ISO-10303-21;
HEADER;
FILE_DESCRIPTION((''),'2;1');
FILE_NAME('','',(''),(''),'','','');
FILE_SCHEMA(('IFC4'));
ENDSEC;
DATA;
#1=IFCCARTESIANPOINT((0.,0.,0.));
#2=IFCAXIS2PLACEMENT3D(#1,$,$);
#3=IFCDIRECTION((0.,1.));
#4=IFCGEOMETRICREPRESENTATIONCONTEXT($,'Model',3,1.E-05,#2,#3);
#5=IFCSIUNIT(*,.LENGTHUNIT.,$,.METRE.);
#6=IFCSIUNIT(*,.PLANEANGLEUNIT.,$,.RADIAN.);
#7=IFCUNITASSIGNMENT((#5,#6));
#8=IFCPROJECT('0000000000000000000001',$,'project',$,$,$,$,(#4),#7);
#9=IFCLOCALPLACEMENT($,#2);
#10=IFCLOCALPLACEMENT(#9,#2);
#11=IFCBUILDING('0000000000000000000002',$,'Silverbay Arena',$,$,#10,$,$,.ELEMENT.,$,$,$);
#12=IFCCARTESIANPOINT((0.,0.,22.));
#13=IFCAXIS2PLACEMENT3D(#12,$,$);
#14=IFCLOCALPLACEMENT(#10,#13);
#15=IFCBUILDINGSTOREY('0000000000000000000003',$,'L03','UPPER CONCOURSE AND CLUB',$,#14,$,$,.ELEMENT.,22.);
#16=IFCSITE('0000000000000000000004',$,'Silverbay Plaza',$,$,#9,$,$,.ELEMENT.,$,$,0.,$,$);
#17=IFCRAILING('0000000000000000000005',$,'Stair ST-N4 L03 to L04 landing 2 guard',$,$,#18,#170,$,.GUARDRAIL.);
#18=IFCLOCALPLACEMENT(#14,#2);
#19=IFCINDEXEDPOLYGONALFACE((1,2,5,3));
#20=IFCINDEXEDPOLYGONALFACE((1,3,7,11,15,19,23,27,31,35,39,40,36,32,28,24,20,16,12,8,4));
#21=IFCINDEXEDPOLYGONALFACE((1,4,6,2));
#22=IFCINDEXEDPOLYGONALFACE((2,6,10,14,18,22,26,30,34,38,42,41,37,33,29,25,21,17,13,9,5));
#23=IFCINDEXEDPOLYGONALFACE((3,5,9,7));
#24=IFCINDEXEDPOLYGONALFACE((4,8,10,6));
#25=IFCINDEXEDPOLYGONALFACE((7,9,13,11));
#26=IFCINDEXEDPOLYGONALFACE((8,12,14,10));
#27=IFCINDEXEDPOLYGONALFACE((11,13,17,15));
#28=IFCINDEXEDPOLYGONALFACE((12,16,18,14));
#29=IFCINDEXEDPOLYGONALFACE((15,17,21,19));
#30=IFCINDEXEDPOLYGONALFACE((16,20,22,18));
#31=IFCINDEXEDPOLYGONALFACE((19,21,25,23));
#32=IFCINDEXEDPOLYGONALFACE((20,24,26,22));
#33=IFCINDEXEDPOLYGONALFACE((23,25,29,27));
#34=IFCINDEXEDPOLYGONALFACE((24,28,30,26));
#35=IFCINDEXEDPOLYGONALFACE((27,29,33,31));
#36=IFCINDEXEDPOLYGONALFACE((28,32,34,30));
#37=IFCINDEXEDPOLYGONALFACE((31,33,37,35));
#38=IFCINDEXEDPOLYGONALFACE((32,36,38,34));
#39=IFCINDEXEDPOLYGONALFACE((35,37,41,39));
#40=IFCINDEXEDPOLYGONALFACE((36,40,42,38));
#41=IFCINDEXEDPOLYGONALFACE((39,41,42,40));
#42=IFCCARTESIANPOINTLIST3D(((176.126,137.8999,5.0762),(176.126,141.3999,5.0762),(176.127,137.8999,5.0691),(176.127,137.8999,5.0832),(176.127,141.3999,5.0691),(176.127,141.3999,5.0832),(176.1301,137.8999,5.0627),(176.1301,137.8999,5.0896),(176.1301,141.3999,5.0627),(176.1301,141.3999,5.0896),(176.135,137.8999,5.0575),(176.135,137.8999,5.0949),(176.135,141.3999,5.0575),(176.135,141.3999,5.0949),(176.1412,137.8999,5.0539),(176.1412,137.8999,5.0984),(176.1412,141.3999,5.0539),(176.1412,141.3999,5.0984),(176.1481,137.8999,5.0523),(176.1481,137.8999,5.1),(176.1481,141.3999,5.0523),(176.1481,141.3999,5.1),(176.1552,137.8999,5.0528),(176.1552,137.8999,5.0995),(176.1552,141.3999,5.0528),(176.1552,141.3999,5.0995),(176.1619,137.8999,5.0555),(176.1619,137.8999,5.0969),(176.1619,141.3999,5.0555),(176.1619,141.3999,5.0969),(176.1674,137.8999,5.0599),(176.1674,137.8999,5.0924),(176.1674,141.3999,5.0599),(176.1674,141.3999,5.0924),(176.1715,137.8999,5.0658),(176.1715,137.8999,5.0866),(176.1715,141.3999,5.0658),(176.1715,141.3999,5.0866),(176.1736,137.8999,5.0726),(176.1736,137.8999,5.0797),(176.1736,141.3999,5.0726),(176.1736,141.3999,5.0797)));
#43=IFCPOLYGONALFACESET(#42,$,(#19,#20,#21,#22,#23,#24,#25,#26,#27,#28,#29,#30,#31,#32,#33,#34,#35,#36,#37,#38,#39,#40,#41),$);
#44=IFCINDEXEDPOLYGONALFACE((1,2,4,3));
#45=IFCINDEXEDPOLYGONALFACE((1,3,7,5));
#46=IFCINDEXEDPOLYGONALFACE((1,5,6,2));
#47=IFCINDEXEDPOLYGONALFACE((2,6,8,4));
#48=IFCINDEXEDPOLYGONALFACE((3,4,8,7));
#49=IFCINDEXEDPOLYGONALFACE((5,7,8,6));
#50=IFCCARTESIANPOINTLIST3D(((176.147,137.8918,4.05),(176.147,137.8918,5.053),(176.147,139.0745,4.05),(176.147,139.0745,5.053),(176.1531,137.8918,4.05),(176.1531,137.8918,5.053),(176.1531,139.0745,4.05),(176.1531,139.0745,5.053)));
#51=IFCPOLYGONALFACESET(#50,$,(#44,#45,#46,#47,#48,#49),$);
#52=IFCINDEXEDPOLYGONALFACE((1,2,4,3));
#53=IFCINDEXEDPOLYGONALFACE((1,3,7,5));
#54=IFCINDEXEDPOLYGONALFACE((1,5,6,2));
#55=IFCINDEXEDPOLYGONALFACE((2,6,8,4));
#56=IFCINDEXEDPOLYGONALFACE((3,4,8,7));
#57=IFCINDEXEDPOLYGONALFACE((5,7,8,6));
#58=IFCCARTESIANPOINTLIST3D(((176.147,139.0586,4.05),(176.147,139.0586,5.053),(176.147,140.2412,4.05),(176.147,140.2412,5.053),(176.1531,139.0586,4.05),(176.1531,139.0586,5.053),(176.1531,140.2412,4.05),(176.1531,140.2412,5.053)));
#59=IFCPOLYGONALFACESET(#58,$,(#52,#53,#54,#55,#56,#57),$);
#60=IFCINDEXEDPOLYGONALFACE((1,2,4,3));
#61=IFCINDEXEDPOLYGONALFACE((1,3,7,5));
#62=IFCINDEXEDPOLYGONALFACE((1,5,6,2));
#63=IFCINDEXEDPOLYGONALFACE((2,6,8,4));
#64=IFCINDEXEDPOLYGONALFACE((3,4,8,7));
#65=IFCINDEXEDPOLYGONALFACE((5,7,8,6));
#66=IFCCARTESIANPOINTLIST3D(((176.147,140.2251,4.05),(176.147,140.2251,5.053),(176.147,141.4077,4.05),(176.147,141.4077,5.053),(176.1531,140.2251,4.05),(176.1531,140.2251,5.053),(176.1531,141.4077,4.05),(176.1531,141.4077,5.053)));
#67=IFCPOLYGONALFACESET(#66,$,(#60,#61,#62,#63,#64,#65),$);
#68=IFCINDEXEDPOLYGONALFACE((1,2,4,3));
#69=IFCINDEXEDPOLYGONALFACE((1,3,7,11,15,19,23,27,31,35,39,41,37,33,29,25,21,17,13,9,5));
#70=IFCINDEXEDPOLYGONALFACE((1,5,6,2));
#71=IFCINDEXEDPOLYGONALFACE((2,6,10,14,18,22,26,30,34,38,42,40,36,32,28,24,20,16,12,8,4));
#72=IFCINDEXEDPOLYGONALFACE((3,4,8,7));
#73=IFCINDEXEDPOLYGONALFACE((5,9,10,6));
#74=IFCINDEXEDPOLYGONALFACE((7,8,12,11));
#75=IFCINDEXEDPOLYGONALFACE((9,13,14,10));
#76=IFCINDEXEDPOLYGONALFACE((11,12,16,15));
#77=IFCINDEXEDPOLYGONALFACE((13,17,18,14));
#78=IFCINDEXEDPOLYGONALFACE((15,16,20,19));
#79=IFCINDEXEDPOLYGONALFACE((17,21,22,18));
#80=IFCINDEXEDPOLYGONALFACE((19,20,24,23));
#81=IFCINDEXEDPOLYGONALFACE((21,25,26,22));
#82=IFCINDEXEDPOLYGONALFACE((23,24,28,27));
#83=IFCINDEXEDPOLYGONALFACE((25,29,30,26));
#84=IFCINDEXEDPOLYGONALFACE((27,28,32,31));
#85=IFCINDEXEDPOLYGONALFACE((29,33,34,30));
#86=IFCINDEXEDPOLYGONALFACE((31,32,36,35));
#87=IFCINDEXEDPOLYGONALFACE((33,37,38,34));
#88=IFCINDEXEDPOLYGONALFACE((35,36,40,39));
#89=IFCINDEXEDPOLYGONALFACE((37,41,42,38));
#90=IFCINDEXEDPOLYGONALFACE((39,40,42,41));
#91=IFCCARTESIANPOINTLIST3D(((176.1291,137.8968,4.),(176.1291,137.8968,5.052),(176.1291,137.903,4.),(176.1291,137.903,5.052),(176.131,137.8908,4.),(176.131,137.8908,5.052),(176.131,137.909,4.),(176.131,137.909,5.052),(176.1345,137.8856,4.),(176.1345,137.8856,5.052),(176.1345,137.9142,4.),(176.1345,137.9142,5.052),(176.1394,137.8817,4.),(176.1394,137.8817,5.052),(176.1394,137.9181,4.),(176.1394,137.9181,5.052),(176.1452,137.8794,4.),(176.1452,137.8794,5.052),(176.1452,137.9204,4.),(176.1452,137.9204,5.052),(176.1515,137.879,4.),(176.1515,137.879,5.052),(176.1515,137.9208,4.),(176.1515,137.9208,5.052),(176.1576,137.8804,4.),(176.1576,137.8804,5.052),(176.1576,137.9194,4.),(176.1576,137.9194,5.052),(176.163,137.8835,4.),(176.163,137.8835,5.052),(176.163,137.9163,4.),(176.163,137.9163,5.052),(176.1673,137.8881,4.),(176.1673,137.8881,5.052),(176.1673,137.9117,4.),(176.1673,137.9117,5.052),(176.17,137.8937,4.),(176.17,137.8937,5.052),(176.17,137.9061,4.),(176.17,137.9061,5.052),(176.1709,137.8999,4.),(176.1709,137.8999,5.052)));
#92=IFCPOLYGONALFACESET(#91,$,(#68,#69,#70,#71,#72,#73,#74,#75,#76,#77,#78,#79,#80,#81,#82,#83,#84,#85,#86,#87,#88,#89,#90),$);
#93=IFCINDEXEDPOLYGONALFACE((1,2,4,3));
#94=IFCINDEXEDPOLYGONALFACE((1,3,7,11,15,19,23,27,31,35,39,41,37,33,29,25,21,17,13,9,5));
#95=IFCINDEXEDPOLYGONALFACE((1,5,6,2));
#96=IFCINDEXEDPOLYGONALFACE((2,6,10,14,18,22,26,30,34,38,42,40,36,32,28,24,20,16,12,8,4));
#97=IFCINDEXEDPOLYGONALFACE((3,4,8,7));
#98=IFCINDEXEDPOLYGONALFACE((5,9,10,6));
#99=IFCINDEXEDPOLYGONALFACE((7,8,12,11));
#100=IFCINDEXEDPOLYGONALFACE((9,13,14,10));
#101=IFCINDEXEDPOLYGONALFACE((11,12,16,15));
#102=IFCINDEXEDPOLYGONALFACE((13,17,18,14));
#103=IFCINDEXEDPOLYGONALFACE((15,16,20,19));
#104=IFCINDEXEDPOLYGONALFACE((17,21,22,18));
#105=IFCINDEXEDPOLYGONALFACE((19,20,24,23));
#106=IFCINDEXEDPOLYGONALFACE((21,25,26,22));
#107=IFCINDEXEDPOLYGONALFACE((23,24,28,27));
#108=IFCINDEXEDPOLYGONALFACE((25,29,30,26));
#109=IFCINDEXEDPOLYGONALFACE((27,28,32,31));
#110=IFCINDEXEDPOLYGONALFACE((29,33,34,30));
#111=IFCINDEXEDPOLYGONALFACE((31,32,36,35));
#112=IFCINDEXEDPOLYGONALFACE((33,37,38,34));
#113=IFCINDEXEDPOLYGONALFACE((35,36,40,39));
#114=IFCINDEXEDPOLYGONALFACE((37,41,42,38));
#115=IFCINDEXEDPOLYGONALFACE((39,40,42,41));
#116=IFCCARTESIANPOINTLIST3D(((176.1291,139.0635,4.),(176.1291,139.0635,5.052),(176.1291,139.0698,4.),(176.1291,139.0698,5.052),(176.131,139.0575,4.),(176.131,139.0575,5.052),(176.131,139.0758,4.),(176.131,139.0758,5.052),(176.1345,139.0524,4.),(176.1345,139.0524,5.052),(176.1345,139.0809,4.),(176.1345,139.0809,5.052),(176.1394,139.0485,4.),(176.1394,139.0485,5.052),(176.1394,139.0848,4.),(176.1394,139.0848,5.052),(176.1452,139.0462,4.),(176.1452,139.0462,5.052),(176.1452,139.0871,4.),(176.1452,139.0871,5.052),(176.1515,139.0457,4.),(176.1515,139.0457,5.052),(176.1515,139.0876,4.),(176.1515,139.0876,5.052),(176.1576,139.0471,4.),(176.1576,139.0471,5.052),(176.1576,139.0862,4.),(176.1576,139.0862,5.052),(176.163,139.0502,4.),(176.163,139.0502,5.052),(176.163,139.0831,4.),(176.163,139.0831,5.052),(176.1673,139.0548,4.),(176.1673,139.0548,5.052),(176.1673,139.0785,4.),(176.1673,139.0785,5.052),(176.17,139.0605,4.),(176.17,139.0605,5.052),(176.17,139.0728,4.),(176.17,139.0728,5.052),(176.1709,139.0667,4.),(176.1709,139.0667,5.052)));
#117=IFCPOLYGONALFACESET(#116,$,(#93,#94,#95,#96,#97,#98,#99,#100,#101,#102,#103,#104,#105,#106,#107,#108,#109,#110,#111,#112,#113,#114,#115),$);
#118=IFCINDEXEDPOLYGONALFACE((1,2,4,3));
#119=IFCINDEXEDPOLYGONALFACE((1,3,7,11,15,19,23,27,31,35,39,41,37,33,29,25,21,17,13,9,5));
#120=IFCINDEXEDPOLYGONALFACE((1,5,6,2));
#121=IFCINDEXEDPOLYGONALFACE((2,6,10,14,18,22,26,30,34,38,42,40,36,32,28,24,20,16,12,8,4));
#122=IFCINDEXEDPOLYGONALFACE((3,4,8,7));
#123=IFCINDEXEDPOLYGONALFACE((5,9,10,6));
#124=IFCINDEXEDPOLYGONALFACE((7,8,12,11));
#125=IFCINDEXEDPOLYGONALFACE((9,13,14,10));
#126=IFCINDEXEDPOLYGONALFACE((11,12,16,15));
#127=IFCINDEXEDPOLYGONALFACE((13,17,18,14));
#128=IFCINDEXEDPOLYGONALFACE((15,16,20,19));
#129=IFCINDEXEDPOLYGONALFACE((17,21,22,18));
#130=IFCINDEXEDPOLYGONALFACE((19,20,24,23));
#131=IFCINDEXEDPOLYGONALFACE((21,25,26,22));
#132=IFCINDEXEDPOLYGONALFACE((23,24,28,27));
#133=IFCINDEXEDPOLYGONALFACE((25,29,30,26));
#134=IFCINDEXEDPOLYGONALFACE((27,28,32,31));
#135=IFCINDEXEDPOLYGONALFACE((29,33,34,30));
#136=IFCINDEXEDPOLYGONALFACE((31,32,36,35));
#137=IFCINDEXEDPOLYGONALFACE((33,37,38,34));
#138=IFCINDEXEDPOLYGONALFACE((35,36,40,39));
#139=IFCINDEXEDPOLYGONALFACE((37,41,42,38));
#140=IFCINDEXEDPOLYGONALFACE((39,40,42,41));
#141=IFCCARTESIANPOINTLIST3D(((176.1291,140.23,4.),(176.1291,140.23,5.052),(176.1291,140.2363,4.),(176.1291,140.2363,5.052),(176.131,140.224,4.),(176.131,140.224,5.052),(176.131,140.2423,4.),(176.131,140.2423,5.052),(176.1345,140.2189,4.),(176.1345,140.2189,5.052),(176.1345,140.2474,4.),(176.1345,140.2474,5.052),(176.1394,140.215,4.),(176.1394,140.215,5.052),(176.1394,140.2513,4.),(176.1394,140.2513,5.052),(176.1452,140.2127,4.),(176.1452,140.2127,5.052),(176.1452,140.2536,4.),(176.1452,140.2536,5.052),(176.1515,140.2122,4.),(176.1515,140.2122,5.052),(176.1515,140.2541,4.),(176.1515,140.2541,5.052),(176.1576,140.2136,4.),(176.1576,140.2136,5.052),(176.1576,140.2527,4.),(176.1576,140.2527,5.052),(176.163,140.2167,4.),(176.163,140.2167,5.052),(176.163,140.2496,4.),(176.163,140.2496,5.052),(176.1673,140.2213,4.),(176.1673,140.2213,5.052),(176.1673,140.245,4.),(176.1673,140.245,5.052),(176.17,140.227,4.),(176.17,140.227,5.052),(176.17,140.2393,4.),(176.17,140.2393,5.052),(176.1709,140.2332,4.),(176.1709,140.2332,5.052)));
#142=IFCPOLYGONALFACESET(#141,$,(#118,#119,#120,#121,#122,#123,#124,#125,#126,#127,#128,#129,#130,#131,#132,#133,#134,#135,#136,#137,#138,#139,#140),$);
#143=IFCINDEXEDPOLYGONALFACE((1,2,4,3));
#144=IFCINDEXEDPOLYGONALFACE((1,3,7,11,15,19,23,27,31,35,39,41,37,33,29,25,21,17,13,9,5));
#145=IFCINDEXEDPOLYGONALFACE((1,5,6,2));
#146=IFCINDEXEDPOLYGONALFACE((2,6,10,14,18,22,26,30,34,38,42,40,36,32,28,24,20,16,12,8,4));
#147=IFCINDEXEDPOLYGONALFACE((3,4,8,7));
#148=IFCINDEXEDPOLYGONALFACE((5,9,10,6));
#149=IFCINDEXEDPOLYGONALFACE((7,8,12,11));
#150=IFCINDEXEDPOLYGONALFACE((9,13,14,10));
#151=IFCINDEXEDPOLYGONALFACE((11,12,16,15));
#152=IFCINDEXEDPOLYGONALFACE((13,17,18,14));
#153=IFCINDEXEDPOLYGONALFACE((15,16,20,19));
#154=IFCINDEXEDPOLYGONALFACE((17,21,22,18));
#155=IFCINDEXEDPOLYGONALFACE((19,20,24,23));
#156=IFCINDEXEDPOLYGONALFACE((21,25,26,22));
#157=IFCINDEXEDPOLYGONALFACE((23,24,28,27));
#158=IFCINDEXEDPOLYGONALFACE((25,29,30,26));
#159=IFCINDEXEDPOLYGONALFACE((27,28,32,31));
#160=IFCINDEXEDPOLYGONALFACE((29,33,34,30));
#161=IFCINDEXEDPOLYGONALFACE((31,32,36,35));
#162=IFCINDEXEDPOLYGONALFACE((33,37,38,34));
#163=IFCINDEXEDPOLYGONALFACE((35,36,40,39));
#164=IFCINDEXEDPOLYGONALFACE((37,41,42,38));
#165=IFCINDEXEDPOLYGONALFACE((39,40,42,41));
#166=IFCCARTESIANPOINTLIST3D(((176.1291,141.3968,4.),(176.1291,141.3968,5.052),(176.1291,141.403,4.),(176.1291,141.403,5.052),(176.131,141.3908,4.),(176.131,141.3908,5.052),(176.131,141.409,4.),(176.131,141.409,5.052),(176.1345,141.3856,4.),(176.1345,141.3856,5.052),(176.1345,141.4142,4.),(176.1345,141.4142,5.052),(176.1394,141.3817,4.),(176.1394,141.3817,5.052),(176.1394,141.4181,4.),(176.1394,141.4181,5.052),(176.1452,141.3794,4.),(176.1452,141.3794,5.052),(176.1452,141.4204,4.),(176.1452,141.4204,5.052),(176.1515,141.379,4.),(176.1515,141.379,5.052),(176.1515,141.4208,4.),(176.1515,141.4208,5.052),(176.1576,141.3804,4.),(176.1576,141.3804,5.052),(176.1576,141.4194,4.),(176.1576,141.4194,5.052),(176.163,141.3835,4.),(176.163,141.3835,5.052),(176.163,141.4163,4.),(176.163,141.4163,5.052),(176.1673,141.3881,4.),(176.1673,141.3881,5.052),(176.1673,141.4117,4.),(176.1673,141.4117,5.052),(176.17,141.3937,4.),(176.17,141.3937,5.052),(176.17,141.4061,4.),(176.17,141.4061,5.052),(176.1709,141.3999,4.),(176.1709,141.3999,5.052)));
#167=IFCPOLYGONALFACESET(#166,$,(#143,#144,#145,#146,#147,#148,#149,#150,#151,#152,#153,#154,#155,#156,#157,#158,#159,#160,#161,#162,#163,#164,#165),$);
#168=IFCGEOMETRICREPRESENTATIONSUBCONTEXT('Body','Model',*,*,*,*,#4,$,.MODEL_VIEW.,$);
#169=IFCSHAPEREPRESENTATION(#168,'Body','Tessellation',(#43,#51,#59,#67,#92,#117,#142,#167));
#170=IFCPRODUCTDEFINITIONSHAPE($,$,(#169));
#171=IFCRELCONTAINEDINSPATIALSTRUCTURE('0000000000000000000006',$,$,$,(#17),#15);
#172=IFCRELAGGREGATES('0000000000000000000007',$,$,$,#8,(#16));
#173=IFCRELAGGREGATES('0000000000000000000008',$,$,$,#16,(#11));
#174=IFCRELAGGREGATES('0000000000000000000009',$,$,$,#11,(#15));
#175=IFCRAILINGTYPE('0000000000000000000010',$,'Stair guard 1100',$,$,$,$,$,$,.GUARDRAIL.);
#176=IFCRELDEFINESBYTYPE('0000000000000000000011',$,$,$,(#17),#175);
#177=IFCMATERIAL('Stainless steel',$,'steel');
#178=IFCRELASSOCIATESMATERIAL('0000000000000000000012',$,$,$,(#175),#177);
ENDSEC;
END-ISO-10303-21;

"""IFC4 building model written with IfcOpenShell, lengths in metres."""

from ifc_helpers import new_model, si_unit, direction, frame, origin, origin_2d, place, context, subcontext, project, spatial, polyline, circle, outline, extrude, material, type_object, element, save


model = new_model("IFC4")

# Units and contexts
model_context = context("Model", 3, precision=1e-05, world=origin(), true_north=direction((0.0, 1.0)))
body_context = subcontext(model_context, "Body", "Model", "MODEL_VIEW")
ifc_project = project(units=[si_unit("LENGTHUNIT", "METRE"), si_unit("PLANEANGLEUNIT", "RADIAN")], contexts=[model_context])

# Site, building, storey
site_placement = place(None, origin())
site = spatial("IfcSite", under=ifc_project, at=site_placement, Name="Silverbay Plaza", CompositionType="ELEMENT", RefElevation=0.0)
building_placement = place(site_placement, origin())
building = spatial("IfcBuilding", under=site, at=building_placement, Name="Silverbay Arena", CompositionType="ELEMENT")
storey_placement = place(building_placement, frame((0.0, 0.0, 22.0)))
storey = spatial("IfcBuildingStorey", under=building, at=storey_placement, Name="L03", Description="UPPER CONCOURSE AND CLUB", CompositionType="ELEMENT", Elevation=22.0)

# Railing
ifc_material_1 = material(Name="Stainless steel", Category="steel")
railing_type_1 = type_object("IfcRailingType", Name="Stair guard 1100", PredefinedType="GUARDRAIL", material=ifc_material_1)
for number, where, name in (
    (1, (176.1499, 137.8999, 4.0), "Stair ST-N4 L03 to L04 landing 2 guard"),
):
    element("IfcRailing", number, at=place(storey_placement, frame(where)), inside=storey, type_object=railing_type_1, Name=name, PredefinedType="GUARDRAIL", context=body_context, shape_type="SweptSolid", body=[
        extrude(circle(Radius=0.0239, at=origin_2d()), frame((0.0, 0.0, 1.0762), z_axis=(0.0, 1.0, 0.0), x_axis=(-1.0, 0.0, 0.0)), (0.0, 0.0, 1.0), 3.5),
        extrude(outline(polyline([(-0.0081, 0.05), (1.1746, 0.05), (1.1746, 1.053), (-0.0081, 1.053), (-0.0081, 0.05)])), frame((-0.0029, 0.0, 0.0), z_axis=(1.0, 0.0, 0.0), x_axis=(0.0, 1.0, 0.0)), (0.0, 0.0, 1.0), 0.0061),
        extrude(outline(polyline([(-0.0081, 0.05), (1.1746, 0.05), (1.1746, 1.053), (-0.0081, 1.053), (-0.0081, 0.05)])), frame((-0.0029, 1.1667, 0.0), z_axis=(1.0, 0.0, 0.0), x_axis=(0.0, 1.0, 0.0)), (0.0, 0.0, 1.0), 0.0061),
        extrude(outline(polyline([(-0.0081, 0.05), (1.1746, 0.05), (1.1746, 1.053), (-0.0081, 1.053), (-0.0081, 0.05)])), frame((-0.0029, 2.3333, 0.0), z_axis=(1.0, 0.0, 0.0), x_axis=(0.0, 1.0, 0.0)), (0.0, 0.0, 1.0), 0.0061),
        extrude(circle(Radius=0.021, at=origin_2d()), origin(), (0.0, 0.0, 1.0), 1.052),
        extrude(circle(Radius=0.021, at=origin_2d()), frame((0.0, 1.1667, 0.0)), (0.0, 0.0, 1.0), 1.052),
        extrude(circle(Radius=0.021, at=origin_2d()), frame((0.0, 2.3333, 0.0)), (0.0, 0.0, 1.0), 1.052),
        extrude(circle(Radius=0.021, at=origin_2d()), frame((0.0, 3.5, 0.0)), (0.0, 0.0, 1.0), 1.052),
    ])

save(model, "model.ifc")
